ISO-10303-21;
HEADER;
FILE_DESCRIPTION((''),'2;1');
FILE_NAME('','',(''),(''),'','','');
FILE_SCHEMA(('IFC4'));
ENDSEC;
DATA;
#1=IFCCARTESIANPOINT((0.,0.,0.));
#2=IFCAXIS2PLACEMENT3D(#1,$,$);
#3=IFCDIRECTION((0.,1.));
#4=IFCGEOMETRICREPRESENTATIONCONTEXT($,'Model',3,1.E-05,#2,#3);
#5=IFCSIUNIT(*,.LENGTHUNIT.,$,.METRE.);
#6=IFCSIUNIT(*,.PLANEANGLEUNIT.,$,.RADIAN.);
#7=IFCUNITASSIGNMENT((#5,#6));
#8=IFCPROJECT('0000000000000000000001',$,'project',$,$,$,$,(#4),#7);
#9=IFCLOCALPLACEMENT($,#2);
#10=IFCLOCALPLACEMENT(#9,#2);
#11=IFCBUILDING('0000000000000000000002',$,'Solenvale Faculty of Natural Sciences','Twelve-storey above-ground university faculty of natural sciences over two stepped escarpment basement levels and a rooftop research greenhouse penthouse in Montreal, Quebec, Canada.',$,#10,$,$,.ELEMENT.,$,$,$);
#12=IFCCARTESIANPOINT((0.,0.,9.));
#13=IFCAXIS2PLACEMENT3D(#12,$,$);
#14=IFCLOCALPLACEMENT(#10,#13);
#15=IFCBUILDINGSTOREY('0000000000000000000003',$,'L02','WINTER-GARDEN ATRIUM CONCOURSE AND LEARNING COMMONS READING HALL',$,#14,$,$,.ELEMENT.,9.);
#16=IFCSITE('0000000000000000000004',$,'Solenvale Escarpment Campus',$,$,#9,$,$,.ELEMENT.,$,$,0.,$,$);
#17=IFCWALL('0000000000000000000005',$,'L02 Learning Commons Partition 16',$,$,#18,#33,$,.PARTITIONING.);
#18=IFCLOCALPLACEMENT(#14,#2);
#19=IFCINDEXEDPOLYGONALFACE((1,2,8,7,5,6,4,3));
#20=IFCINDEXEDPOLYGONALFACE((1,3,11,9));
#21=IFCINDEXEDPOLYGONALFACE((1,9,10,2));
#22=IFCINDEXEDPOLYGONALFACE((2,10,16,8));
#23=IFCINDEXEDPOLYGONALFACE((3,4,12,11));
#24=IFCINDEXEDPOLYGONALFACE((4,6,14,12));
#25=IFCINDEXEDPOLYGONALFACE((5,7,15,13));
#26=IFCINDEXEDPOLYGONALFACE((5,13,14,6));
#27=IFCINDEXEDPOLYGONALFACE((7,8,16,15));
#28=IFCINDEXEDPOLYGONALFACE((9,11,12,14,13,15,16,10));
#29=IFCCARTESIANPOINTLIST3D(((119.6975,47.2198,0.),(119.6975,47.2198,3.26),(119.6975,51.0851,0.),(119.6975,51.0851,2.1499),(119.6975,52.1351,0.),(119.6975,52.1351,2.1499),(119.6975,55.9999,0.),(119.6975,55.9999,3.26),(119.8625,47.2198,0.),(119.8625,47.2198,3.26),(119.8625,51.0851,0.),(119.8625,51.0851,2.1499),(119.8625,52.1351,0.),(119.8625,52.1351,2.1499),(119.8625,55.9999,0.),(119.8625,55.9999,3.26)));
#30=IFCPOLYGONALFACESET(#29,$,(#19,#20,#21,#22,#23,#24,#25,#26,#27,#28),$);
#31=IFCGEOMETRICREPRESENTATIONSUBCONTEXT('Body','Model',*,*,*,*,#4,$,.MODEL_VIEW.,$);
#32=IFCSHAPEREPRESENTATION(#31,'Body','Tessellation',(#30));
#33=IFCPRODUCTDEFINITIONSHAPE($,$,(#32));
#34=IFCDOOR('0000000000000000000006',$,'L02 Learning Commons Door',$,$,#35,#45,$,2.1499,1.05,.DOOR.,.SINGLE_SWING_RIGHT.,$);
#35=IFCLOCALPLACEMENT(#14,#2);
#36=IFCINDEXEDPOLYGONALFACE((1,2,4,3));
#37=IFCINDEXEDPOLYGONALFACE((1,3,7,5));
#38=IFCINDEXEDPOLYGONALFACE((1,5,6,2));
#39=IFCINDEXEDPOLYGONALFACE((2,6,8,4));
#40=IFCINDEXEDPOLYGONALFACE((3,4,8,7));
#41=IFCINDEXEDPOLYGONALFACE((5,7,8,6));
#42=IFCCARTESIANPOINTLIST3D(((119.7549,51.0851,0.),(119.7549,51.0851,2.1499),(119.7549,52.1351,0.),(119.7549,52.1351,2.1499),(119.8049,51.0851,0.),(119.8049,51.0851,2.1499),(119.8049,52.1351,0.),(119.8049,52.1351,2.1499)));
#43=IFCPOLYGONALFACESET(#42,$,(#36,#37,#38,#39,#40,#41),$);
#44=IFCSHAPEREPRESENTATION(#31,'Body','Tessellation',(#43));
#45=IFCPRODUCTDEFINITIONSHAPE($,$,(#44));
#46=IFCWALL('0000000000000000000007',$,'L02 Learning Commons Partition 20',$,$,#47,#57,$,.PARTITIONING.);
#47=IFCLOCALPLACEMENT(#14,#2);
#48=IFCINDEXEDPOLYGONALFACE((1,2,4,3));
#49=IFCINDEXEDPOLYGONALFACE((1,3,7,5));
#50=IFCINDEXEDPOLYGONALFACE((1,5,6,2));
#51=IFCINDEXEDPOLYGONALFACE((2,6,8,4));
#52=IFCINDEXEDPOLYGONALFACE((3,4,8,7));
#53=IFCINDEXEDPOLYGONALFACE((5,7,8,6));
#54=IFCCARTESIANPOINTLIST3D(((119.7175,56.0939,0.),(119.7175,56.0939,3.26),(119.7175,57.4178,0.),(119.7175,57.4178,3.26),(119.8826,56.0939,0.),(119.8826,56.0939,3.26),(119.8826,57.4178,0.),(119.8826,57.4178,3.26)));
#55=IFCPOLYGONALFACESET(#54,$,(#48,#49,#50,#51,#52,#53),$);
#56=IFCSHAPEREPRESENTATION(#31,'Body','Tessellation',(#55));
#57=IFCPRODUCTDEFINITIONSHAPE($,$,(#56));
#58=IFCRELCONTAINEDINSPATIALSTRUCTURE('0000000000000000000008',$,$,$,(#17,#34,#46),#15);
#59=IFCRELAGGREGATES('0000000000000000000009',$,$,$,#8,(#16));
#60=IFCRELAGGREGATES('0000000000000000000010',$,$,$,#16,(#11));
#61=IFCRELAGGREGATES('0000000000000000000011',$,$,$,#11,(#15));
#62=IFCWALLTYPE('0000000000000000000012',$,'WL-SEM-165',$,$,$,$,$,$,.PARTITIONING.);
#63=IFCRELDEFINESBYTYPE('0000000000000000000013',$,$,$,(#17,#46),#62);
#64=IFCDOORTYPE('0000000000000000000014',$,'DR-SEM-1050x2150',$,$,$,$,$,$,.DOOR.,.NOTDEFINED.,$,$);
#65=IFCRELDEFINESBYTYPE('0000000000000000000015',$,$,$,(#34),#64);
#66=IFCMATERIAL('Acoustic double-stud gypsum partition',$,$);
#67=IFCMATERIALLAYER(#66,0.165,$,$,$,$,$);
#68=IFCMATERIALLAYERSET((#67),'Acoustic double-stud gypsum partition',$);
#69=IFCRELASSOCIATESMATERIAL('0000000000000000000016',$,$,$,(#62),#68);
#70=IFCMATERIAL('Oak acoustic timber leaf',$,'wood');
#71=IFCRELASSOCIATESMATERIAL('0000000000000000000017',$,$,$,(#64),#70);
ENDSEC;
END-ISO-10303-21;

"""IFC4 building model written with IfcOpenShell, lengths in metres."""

from ifc_helpers import new_model, si_unit, direction, frame, frame_2d, origin, place, context, subcontext, project, spatial, rectangle, extrude, material, layer, layer_set, type_object, element, fill, save


model = new_model("IFC4")

# Units and contexts
model_context = context("Model", 3, precision=1e-05, world=origin(), true_north=direction((0.0, 1.0)))
body_context = subcontext(model_context, "Body", "Model", "MODEL_VIEW")
ifc_project = project(units=[si_unit("LENGTHUNIT", "METRE"), si_unit("PLANEANGLEUNIT", "RADIAN")], contexts=[model_context])

# Site, building, storey
site_placement = place(None, origin())
site = spatial("IfcSite", under=ifc_project, at=site_placement, Name="Solenvale Escarpment Campus", CompositionType="ELEMENT", RefElevation=0.0)
building_placement = place(site_placement, origin())
building = spatial("IfcBuilding", under=site, at=building_placement, Name="Solenvale Faculty of Natural Sciences", Description="Twelve-storey above-ground university faculty of natural sciences over two stepped escarpment basement levels and a rooftop research greenhouse penthouse in Montreal, Quebec, Canada.", CompositionType="ELEMENT")
storey_placement = place(building_placement, frame((0.0, 0.0, 9.0)))
storey = spatial("IfcBuildingStorey", under=building, at=storey_placement, Name="L02", Description="WINTER-GARDEN ATRIUM CONCOURSE AND LEARNING COMMONS READING HALL", CompositionType="ELEMENT", Elevation=9.0)

# Wall, opening, door
ifc_material_1 = material(Name="Acoustic double-stud gypsum partition")
ifc_layer_1 = layer(ifc_material_1, 0.165)
ifc_layer_set_1 = layer_set([ifc_layer_1], Name="Acoustic double-stud gypsum partition")
wall_type_1 = type_object("IfcWallType", Name="WL-SEM-165", PredefinedType="PARTITIONING", material=ifc_layer_set_1)
wall_1_placement = place(storey_placement, frame((119.78, 56.0, 0.0), z_axis=(0.0, 0.0, 1.0), x_axis=(0.0, -1.0, 0.0)))
wall_1 = element("IfcWall", 1, at=wall_1_placement, inside=storey, type_object=wall_type_1, Name="L02 Learning Commons Partition 16", PredefinedType="PARTITIONING", context=body_context, shape_type="SweptSolid", body=[
    extrude(rectangle(XDim=8.78, YDim=0.165, at=frame_2d((4.3901, 0.0))), origin(), (0.0, 0.0, 1.0), 3.26),
])
opening_placement = place(wall_1_placement, frame((3.865, 0.0, 0.0)))
opening = element("IfcOpeningElement", 2, at=opening_placement, cuts=wall_1, PredefinedType="OPENING", context=body_context, shape_type="SweptSolid", body=[
    extrude(rectangle(XDim=1.05, YDim=2.1499, at=frame_2d((0.5249, 1.075))), frame((0.0, 0.0925, 0.0), z_axis=(0.0, -1.0, 0.0), x_axis=(1.0, 0.0, 0.0)), (0.0, 0.0, 1.0), 0.1851),
])
ifc_material_2 = material(Name="Oak acoustic timber leaf", Category="wood")
door_type = type_object("IfcDoorType", Name="DR-SEM-1050x2150", OperationType="NOTDEFINED", PredefinedType="DOOR", material=ifc_material_2)
door_placement = place(opening_placement, origin())
door = element("IfcDoor", 3, at=door_placement, inside=storey, type_object=door_type, Name="L02 Learning Commons Door", OperationType="SINGLE_SWING_RIGHT", OverallHeight=2.1499, OverallWidth=1.05, PredefinedType="DOOR", context=body_context, shape_type="SweptSolid", body=[
    extrude(rectangle(XDim=1.05, YDim=2.1499, at=frame_2d((0.5249, 1.075))), frame((0.0, 0.0249, 0.0), z_axis=(0.0, -1.0, 0.0), x_axis=(1.0, 0.0, 0.0)), (0.0, 0.0, 1.0), 0.05),
])
fill(opening, door)

# Wall
wall_2_placement = place(storey_placement, frame((119.8, 57.418, 0.0), z_axis=(0.0, 0.0, 1.0), x_axis=(0.0, -1.0, 0.0)))
element("IfcWall", 4, at=wall_2_placement, inside=storey, type_object=wall_type_1, Name="L02 Learning Commons Partition 20", PredefinedType="PARTITIONING", context=body_context, shape_type="SweptSolid", body=[
    extrude(rectangle(XDim=1.324, YDim=0.165, at=frame_2d((0.6621, 0.0))), origin(), (0.0, 0.0, 1.0), 3.26),
])

save(model, "model.ifc")
